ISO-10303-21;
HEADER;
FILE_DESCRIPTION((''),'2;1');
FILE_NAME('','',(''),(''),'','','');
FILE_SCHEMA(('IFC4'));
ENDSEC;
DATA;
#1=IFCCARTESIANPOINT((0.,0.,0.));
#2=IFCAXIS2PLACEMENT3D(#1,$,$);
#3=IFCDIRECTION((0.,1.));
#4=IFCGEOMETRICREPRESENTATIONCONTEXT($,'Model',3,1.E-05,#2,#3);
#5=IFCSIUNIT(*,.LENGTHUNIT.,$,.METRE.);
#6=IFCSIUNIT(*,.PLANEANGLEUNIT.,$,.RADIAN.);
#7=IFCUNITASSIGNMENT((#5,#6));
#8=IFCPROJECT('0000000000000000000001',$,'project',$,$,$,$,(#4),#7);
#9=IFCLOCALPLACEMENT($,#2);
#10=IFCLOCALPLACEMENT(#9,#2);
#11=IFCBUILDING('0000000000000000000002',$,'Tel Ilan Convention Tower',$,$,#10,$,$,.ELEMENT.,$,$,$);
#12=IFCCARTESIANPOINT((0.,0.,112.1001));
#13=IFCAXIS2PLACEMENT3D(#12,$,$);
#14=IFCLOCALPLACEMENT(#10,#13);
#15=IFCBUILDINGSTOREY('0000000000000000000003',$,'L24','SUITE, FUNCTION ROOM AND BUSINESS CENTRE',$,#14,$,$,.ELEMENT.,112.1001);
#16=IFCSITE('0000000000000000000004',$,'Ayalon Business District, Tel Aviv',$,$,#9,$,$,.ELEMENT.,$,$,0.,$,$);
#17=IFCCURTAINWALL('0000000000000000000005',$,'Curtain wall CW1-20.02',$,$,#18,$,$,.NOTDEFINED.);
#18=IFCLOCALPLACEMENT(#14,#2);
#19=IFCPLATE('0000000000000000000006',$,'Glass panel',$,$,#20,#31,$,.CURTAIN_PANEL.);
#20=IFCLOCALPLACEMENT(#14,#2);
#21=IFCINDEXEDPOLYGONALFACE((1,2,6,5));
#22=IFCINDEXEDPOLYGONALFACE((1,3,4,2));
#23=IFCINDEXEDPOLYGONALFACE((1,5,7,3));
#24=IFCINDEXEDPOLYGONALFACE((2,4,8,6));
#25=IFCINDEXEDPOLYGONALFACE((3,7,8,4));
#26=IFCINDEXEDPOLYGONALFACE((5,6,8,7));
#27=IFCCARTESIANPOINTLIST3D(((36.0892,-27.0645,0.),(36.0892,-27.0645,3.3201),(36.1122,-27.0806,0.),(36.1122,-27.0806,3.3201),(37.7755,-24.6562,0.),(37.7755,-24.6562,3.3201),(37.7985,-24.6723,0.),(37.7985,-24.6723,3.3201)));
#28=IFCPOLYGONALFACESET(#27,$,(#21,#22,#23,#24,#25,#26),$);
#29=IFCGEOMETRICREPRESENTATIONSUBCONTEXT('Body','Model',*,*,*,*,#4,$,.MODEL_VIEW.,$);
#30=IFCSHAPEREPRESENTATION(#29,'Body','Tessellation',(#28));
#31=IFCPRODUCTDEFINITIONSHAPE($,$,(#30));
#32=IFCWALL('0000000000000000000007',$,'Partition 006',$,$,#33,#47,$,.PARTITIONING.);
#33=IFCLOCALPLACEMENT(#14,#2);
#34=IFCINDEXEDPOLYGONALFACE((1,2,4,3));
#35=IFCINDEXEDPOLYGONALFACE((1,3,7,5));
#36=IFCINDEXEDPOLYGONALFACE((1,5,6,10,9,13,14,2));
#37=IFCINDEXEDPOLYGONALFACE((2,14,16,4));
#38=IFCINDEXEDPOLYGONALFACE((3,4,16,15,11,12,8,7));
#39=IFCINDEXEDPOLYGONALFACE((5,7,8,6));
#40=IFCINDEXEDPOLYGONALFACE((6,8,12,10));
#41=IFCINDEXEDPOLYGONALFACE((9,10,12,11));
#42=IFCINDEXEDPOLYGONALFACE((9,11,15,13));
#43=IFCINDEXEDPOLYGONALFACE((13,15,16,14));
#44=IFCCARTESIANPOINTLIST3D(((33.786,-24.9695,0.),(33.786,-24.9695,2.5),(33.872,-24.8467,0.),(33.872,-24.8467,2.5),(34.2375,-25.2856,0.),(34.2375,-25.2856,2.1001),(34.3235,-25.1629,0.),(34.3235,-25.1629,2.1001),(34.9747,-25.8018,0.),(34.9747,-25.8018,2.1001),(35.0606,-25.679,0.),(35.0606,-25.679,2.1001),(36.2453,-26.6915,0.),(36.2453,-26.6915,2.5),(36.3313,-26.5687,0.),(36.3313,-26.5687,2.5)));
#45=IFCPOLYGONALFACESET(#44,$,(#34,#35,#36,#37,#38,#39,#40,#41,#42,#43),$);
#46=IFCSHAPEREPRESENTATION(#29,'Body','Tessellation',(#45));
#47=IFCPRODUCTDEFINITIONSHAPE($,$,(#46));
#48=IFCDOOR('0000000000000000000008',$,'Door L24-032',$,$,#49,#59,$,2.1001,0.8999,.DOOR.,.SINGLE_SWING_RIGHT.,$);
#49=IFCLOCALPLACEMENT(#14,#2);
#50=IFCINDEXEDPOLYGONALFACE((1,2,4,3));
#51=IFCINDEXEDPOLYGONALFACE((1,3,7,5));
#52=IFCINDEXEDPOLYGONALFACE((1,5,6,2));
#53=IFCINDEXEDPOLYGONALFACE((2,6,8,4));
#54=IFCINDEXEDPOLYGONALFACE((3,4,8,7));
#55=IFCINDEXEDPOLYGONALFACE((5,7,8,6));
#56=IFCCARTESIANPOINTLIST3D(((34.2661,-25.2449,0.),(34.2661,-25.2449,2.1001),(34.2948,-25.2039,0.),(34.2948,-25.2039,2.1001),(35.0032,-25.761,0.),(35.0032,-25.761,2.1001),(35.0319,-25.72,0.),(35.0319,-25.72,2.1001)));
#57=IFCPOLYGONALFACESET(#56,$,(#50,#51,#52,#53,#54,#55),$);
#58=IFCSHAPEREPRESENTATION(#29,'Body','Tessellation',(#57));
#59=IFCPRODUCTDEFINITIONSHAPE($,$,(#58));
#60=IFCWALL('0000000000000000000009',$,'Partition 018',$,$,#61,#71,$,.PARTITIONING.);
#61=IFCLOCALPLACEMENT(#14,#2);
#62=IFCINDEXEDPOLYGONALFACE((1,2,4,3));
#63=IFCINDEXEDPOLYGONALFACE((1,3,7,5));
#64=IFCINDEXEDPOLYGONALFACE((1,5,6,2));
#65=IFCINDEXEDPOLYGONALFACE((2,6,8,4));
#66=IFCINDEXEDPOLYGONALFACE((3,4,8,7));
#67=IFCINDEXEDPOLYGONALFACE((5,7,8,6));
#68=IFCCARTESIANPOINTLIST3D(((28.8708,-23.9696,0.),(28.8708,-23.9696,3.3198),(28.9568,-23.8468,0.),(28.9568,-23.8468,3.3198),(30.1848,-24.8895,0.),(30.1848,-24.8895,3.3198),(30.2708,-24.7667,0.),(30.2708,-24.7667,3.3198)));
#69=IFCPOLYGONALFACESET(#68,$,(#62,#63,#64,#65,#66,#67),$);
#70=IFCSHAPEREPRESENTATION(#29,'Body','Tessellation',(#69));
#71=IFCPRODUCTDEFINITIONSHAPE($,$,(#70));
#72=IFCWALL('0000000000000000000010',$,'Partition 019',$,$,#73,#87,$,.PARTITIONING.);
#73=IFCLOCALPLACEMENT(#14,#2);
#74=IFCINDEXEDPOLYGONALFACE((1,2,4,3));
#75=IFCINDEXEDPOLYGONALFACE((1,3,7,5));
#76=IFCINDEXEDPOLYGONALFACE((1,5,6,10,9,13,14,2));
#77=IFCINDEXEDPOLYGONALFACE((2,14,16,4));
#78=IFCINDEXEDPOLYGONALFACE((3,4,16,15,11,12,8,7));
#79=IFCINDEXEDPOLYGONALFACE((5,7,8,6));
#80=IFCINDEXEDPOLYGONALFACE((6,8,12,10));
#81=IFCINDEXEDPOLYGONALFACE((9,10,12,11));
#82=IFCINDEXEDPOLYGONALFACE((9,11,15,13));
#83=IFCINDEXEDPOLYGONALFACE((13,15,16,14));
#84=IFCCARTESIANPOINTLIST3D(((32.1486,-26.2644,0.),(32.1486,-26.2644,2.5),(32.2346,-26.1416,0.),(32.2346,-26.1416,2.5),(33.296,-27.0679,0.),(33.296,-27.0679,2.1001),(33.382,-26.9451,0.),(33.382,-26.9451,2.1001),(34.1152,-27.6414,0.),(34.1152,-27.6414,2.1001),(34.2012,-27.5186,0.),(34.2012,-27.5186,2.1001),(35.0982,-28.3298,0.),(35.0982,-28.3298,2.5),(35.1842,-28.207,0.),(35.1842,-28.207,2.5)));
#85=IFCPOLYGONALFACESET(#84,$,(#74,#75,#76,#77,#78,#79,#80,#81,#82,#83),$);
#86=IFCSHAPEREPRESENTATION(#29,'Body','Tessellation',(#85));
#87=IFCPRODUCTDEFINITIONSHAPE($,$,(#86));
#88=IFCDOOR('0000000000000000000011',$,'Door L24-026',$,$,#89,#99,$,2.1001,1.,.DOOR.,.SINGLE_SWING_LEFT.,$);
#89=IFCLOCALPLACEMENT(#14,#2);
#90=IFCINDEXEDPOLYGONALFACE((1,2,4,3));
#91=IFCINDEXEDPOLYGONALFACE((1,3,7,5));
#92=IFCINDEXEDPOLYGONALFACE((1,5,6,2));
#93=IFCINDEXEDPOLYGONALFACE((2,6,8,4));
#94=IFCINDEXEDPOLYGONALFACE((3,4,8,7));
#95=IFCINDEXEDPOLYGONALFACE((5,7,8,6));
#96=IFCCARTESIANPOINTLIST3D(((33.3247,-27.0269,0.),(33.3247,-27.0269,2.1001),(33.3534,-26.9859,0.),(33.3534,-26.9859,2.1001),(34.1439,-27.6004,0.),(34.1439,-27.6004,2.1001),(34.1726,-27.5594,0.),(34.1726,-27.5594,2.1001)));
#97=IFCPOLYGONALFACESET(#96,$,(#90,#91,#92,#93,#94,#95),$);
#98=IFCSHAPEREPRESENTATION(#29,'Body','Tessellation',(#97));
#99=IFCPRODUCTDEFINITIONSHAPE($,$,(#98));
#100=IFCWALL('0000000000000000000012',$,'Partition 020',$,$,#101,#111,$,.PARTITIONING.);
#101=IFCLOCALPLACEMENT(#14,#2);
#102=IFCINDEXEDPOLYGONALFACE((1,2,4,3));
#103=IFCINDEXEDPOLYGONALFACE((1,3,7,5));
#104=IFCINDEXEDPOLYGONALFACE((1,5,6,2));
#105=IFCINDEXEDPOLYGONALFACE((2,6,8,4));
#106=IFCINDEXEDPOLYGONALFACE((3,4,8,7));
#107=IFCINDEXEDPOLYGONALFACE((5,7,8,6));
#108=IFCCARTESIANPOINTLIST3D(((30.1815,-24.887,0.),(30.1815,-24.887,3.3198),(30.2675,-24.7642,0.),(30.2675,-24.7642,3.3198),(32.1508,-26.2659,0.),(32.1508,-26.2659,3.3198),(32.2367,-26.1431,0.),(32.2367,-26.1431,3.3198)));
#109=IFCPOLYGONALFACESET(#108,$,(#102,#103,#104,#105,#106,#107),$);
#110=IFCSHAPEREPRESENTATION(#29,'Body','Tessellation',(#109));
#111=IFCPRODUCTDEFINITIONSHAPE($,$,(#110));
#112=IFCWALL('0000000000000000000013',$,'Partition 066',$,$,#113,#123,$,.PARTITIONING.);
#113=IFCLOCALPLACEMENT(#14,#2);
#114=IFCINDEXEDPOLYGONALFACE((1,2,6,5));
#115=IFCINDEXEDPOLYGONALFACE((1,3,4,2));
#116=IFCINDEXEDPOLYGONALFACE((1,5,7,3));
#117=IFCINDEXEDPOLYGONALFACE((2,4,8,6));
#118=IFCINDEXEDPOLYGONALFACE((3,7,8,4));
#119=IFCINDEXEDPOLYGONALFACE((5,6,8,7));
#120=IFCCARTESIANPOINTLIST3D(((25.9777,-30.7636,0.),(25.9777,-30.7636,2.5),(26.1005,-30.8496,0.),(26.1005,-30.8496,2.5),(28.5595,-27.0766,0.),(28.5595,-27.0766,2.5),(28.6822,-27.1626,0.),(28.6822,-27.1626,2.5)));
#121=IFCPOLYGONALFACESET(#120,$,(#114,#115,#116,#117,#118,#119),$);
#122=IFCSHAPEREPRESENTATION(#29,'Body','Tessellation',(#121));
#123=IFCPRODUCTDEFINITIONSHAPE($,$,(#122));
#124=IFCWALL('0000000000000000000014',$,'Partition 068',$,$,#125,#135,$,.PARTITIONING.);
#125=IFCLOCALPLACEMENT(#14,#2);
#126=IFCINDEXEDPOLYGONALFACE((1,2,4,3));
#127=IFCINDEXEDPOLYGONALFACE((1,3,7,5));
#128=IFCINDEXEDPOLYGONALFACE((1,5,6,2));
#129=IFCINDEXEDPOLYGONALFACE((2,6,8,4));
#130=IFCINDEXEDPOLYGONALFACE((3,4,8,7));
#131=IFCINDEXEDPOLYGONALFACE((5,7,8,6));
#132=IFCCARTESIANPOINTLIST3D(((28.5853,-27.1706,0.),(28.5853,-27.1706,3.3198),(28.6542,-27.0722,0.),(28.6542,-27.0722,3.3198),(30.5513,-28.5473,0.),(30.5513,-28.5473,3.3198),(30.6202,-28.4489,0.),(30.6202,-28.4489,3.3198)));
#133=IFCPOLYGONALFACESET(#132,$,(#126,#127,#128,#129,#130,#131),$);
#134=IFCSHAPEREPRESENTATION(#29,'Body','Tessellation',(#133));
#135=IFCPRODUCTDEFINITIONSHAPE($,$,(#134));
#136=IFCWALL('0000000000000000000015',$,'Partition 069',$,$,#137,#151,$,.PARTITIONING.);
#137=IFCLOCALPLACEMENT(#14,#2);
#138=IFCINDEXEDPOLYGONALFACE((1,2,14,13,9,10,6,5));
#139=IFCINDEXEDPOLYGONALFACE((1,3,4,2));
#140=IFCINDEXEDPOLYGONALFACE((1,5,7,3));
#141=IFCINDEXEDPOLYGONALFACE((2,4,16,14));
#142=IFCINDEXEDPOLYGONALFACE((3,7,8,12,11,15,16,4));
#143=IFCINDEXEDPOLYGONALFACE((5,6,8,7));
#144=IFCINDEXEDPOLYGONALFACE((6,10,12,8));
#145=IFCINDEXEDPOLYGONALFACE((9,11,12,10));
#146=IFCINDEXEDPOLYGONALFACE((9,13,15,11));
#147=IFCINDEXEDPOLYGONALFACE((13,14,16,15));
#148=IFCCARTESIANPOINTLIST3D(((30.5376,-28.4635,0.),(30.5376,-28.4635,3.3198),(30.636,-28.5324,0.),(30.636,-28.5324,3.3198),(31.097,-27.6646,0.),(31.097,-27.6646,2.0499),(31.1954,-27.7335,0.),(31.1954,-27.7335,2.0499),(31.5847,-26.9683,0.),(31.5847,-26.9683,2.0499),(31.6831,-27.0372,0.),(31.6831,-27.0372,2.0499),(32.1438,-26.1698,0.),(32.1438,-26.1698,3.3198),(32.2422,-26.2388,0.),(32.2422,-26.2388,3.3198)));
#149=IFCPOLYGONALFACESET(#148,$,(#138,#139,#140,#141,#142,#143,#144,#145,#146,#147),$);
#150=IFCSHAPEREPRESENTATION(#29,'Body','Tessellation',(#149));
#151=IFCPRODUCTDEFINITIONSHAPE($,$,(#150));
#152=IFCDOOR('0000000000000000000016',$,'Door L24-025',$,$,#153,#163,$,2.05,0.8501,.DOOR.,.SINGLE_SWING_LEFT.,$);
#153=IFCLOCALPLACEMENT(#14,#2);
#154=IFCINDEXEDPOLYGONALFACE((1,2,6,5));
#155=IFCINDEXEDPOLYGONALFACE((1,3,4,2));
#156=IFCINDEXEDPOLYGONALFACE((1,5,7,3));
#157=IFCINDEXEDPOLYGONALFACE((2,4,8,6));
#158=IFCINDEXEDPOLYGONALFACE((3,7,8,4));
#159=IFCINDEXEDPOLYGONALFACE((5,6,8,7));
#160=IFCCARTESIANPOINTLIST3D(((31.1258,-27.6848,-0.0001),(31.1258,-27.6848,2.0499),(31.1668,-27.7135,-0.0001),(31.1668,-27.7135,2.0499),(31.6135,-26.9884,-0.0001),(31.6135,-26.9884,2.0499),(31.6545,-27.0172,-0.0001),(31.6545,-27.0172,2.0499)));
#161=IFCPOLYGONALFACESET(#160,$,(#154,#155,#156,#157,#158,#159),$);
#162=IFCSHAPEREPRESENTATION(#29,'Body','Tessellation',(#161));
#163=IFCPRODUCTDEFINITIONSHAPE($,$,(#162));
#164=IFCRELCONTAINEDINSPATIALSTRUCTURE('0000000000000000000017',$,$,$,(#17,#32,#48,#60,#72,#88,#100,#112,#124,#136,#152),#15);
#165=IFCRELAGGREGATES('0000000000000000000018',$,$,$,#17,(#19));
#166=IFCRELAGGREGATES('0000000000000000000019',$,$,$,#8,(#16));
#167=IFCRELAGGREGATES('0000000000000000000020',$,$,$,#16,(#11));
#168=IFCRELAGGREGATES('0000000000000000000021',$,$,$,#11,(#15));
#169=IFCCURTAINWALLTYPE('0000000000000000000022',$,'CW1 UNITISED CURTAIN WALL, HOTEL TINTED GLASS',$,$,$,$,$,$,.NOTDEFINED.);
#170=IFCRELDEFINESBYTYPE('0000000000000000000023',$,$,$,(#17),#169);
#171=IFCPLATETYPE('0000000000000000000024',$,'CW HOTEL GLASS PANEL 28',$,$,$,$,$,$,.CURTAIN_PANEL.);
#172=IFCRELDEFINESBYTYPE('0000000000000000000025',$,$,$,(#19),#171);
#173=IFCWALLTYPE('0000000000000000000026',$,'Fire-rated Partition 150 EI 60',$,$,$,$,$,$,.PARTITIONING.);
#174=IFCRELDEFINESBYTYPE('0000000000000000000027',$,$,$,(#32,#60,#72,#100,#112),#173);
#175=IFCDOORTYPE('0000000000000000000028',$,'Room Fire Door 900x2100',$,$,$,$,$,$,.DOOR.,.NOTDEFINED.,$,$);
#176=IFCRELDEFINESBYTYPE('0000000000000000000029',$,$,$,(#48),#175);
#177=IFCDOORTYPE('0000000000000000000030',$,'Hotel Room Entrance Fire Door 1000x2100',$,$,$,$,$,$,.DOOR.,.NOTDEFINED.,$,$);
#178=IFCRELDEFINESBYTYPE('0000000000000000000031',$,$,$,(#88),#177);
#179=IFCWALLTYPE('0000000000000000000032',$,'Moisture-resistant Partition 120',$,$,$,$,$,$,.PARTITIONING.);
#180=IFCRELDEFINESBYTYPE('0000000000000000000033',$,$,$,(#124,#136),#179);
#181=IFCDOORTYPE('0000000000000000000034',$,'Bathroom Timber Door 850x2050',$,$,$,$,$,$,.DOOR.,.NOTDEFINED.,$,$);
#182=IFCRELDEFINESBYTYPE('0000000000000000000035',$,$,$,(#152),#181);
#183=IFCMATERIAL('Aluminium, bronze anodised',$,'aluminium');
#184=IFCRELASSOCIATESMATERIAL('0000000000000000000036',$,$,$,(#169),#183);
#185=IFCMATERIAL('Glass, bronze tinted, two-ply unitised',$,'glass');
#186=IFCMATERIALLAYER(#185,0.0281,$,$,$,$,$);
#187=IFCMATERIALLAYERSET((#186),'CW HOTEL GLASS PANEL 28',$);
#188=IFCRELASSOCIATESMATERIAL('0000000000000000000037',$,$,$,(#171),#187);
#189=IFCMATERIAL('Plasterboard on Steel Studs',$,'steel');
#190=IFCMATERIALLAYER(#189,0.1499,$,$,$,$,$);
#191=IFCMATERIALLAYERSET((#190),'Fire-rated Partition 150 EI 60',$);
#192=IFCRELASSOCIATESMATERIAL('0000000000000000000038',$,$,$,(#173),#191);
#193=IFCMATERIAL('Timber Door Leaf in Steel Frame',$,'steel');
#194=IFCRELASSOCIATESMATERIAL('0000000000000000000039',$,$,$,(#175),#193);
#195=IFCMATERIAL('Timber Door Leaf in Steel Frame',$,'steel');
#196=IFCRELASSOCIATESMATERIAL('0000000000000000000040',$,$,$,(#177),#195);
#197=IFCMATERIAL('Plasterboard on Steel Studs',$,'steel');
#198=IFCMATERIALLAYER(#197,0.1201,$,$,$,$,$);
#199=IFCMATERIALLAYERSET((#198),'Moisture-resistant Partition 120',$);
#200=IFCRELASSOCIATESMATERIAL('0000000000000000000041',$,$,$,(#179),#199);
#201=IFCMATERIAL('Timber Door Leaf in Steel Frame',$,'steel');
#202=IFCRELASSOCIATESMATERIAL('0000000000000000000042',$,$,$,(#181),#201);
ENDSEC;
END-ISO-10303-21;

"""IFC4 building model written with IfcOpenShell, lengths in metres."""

from ifc_helpers import new_model, si_unit, direction, frame, frame_2d, origin, origin_2d, place, context, subcontext, project, spatial, rectangle, extrude, material, layer, layer_set, type_object, element, fill, aggregate, save


model = new_model("IFC4")

# Units and contexts
model_context = context("Model", 3, precision=1e-05, world=origin(), true_north=direction((0.0, 1.0)))
body_context = subcontext(model_context, "Body", "Model", "MODEL_VIEW")
ifc_project = project(units=[si_unit("LENGTHUNIT", "METRE"), si_unit("PLANEANGLEUNIT", "RADIAN")], contexts=[model_context])

# Site, building, storey
site_placement = place(None, origin())
site = spatial("IfcSite", under=ifc_project, at=site_placement, Name="Ayalon Business District, Tel Aviv", CompositionType="ELEMENT", RefElevation=0.0)
building_placement = place(site_placement, origin())
building = spatial("IfcBuilding", under=site, at=building_placement, Name="Tel Ilan Convention Tower", CompositionType="ELEMENT")
storey_placement = place(building_placement, frame((0.0, 0.0, 112.1001)))
storey = spatial("IfcBuildingStorey", under=building, at=storey_placement, Name="L24", Description="SUITE, FUNCTION ROOM AND BUSINESS CENTRE", CompositionType="ELEMENT", Elevation=112.1001)

# Curtain wall, plate
ifc_material_1 = material(Name="Aluminium, bronze anodised", Category="aluminium")
curtain_wall_type = type_object("IfcCurtainWallType", Name="CW1 UNITISED CURTAIN WALL, HOTEL TINTED GLASS", PredefinedType="NOTDEFINED", material=ifc_material_1)
curtain_wall_placement = place(storey_placement, origin())
curtain_wall = element("IfcCurtainWall", 1, at=curtain_wall_placement, inside=storey, type_object=curtain_wall_type, Name="Curtain wall CW1-20.02", PredefinedType="NOTDEFINED")
ifc_material_2 = material(Name="Glass, bronze tinted, two-ply unitised", Category="glass")
ifc_layer_1 = layer(ifc_material_2, 0.0281)
ifc_layer_set_1 = layer_set([ifc_layer_1], Name="CW HOTEL GLASS PANEL 28")
plate_type = type_object("IfcPlateType", Name="CW HOTEL GLASS PANEL 28", PredefinedType="CURTAIN_PANEL", material=ifc_layer_set_1)
plate_1_placement = place(storey_placement, frame((36.9438, -25.8684, 0.0), z_axis=(0.0, 0.0, 1.0), x_axis=(0.573576, 0.819152, 0.0)))
plate_1 = element("IfcPlate", 2, at=plate_1_placement, type_object=plate_type, Name="Glass panel", PredefinedType="CURTAIN_PANEL", context=body_context, shape_type="SweptSolid", body=[
    extrude(rectangle(XDim=2.9399, YDim=0.0281, at=origin_2d()), origin(), (0.0, 0.0, 1.0), 3.3201),
])
aggregate(curtain_wall, [plate_1])

# Wall, opening, door
ifc_material_3 = material(Name="Plasterboard on Steel Studs", Category="steel")
ifc_layer_2 = layer(ifc_material_3, 0.1499)
ifc_layer_set_2 = layer_set([ifc_layer_2], Name="Fire-rated Partition 150 EI 60")
wall_type_1 = type_object("IfcWallType", Name="Fire-rated Partition 150 EI 60", PredefinedType="PARTITIONING", material=ifc_layer_set_2)
wall_1_placement = place(storey_placement, frame((33.8291, -24.9082, 0.0), z_axis=(0.0, 0.0, 1.0), x_axis=(0.819159, -0.573566, 0.0)))
wall_1 = element("IfcWall", 3, at=wall_1_placement, inside=storey, type_object=wall_type_1, Name="Partition 006", PredefinedType="PARTITIONING", context=body_context, shape_type="SweptSolid", body=[
    extrude(rectangle(XDim=3.0022, YDim=0.1499, at=frame_2d((1.501, 0.0))), origin(), (0.0, 0.0, 1.0), 2.5),
])
opening_1_placement = place(wall_1_placement, frame((0.551, 0.0, 0.0)))
opening_1 = element("IfcOpeningElement", 4, at=opening_1_placement, cuts=wall_1, PredefinedType="OPENING", context=body_context, shape_type="SweptSolid", body=[
    extrude(rectangle(XDim=0.8999, YDim=2.1001, at=frame_2d((0.45, 1.05))), frame((0.0, 0.085, 0.0), z_axis=(0.0, -1.0, 0.0), x_axis=(1.0, 0.0, 0.0)), (0.0, 0.0, 1.0), 0.1699),
])
ifc_material_4 = material(Name="Timber Door Leaf in Steel Frame", Category="steel")
door_type_1 = type_object("IfcDoorType", Name="Room Fire Door 900x2100", OperationType="NOTDEFINED", PredefinedType="DOOR", material=ifc_material_4)
door_1_placement = place(opening_1_placement, origin())
door_1 = element("IfcDoor", 5, at=door_1_placement, inside=storey, type_object=door_type_1, Name="Door L24-032", OperationType="SINGLE_SWING_RIGHT", OverallHeight=2.1001, OverallWidth=0.8999, PredefinedType="DOOR", context=body_context, shape_type="SweptSolid", body=[
    extrude(rectangle(XDim=0.8999, YDim=2.1001, at=frame_2d((0.45, 1.05))), frame((0.0, 0.0249, 0.0), z_axis=(0.0, -1.0, 0.0), x_axis=(1.0, 0.0, 0.0)), (0.0, 0.0, 1.0), 0.05),
])
fill(opening_1, door_1)

# Wall
wall_2_placement = place(storey_placement, frame((30.2278, -24.8281, 0.0), z_axis=(0.0, 0.0, 1.0), x_axis=(-0.819189, 0.573524, 0.0)))
element("IfcWall", 6, at=wall_2_placement, inside=storey, type_object=wall_type_1, Name="Partition 018", PredefinedType="PARTITIONING", context=body_context, shape_type="SweptSolid", body=[
    extrude(rectangle(XDim=1.604, YDim=0.1499, at=frame_2d((0.802, 0.0))), origin(), (0.0, 0.0, 1.0), 3.3198),
])

# Wall, opening, door
wall_3_placement = place(storey_placement, frame((35.1411, -28.2683, 0.0), z_axis=(0.0, 0.0, 1.0), x_axis=(-0.819149, 0.573581, 0.0)))
wall_3 = element("IfcWall", 7, at=wall_3_placement, inside=storey, type_object=wall_type_1, Name="Partition 019", PredefinedType="PARTITIONING", context=body_context, shape_type="SweptSolid", body=[
    extrude(rectangle(XDim=3.6008, YDim=0.1499, at=frame_2d((1.8003, 0.0))), origin(), (0.0, 0.0, 1.0), 2.5),
])
opening_2_placement = place(wall_3_placement, frame((1.2, 0.0, 0.0)))
opening_2 = element("IfcOpeningElement", 8, at=opening_2_placement, cuts=wall_3, PredefinedType="OPENING", context=body_context, shape_type="SweptSolid", body=[
    extrude(rectangle(XDim=1.0, YDim=2.1001, at=frame_2d((0.5, 1.05))), frame((0.0, 0.085, 0.0), z_axis=(0.0, -1.0, 0.0), x_axis=(1.0, 0.0, 0.0)), (0.0, 0.0, 1.0), 0.1699),
])
ifc_material_5 = material(Name="Timber Door Leaf in Steel Frame", Category="steel")
door_type_2 = type_object("IfcDoorType", Name="Hotel Room Entrance Fire Door 1000x2100", OperationType="NOTDEFINED", PredefinedType="DOOR", material=ifc_material_5)
door_2_placement = place(opening_2_placement, origin())
door_2 = element("IfcDoor", 9, at=door_2_placement, inside=storey, type_object=door_type_2, Name="Door L24-026", OperationType="SINGLE_SWING_LEFT", OverallHeight=2.1001, OverallWidth=1.0, PredefinedType="DOOR", context=body_context, shape_type="SweptSolid", body=[
    extrude(rectangle(XDim=1.0, YDim=2.1001, at=frame_2d((0.5, 1.05))), frame((0.0, 0.0249, 0.0), z_axis=(0.0, -1.0, 0.0), x_axis=(1.0, 0.0, 0.0)), (0.0, 0.0, 1.0), 0.05),
])
fill(opening_2, door_2)

# Walls
wall_4_placement = place(storey_placement, frame((32.1938, -26.2046, 0.0), z_axis=(0.0, 0.0, 1.0), x_axis=(-0.819146, 0.573585, 0.0)))
element("IfcWall", 10, at=wall_4_placement, inside=storey, type_object=wall_type_1, Name="Partition 020", PredefinedType="PARTITIONING", context=body_context, shape_type="SweptSolid", body=[
    extrude(rectangle(XDim=2.4041, YDim=0.1499, at=frame_2d((1.2021, 0.0))), origin(), (0.0, 0.0, 1.0), 3.3198),
])
wall_5_placement = place(storey_placement, frame((28.6208, -27.1196, 0.0), z_axis=(0.0, 0.0, 1.0), x_axis=(-0.573593, -0.81914, 0.0)))
element("IfcWall", 11, at=wall_5_placement, inside=storey, type_object=wall_type_1, Name="Partition 066", PredefinedType="PARTITIONING", context=body_context, shape_type="SweptSolid", body=[
    extrude(rectangle(XDim=4.501, YDim=0.1499, at=frame_2d((2.2505, 0.0))), origin(), (0.0, 0.0, 1.0), 2.5),
])
ifc_material_6 = material(Name="Plasterboard on Steel Studs", Category="steel")
ifc_layer_3 = layer(ifc_material_6, 0.1201)
ifc_layer_set_3 = layer_set([ifc_layer_3], Name="Moisture-resistant Partition 120")
wall_type_2 = type_object("IfcWallType", Name="Moisture-resistant Partition 120", PredefinedType="PARTITIONING", material=ifc_layer_set_3)
wall_6_placement = place(storey_placement, frame((28.6196, -27.1213, 0.0), z_axis=(0.0, 0.0, 1.0), x_axis=(0.819141, -0.573592, 0.0)))
element("IfcWall", 12, at=wall_6_placement, inside=storey, type_object=wall_type_2, Name="Partition 068", PredefinedType="PARTITIONING", context=body_context, shape_type="SweptSolid", body=[
    extrude(rectangle(XDim=2.4001, YDim=0.1201, at=frame_2d((1.2002, 0.0))), origin(), (0.0, 0.0, 1.0), 3.3198),
])

# Wall, opening, door
wall_7_placement = place(storey_placement, frame((30.5869, -28.4978, 0.0), z_axis=(0.0, 0.0, 1.0), x_axis=(0.573609, 0.81913, 0.0)))
wall_7 = element("IfcWall", 13, at=wall_7_placement, inside=storey, type_object=wall_type_2, Name="Partition 069", PredefinedType="PARTITIONING", context=body_context, shape_type="SweptSolid", body=[
    extrude(rectangle(XDim=2.8, YDim=0.1201, at=frame_2d((1.3999, 0.0))), origin(), (0.0, 0.0, 1.0), 3.3198),
])
opening_3_placement = place(wall_7_placement, frame((0.9751, 0.0, 0.0)))
opening_3 = element("IfcOpeningElement", 14, at=opening_3_placement, cuts=wall_7, PredefinedType="OPENING", context=body_context, shape_type="SweptSolid", body=[
    extrude(rectangle(XDim=0.8501, YDim=2.05, at=frame_2d((0.425, 1.0249))), frame((0.0, 0.0701, 0.0), z_axis=(0.0, -1.0, 0.0), x_axis=(1.0, 0.0, 0.0)), (0.0, 0.0, 1.0), 0.1401),
])
ifc_material_7 = material(Name="Timber Door Leaf in Steel Frame", Category="steel")
door_type_3 = type_object("IfcDoorType", Name="Bathroom Timber Door 850x2050", OperationType="NOTDEFINED", PredefinedType="DOOR", material=ifc_material_7)
door_3_placement = place(opening_3_placement, origin())
door_3 = element("IfcDoor", 15, at=door_3_placement, inside=storey, type_object=door_type_3, Name="Door L24-025", OperationType="SINGLE_SWING_LEFT", OverallHeight=2.05, OverallWidth=0.8501, PredefinedType="DOOR", context=body_context, shape_type="SweptSolid", body=[
    extrude(rectangle(XDim=0.8501, YDim=2.05, at=frame_2d((0.425, 1.0249))), frame((0.0, 0.0249, 0.0), z_axis=(0.0, -1.0, 0.0), x_axis=(1.0, 0.0, 0.0)), (0.0, 0.0, 1.0), 0.05),
])
fill(opening_3, door_3)

save(model, "model.ifc")
